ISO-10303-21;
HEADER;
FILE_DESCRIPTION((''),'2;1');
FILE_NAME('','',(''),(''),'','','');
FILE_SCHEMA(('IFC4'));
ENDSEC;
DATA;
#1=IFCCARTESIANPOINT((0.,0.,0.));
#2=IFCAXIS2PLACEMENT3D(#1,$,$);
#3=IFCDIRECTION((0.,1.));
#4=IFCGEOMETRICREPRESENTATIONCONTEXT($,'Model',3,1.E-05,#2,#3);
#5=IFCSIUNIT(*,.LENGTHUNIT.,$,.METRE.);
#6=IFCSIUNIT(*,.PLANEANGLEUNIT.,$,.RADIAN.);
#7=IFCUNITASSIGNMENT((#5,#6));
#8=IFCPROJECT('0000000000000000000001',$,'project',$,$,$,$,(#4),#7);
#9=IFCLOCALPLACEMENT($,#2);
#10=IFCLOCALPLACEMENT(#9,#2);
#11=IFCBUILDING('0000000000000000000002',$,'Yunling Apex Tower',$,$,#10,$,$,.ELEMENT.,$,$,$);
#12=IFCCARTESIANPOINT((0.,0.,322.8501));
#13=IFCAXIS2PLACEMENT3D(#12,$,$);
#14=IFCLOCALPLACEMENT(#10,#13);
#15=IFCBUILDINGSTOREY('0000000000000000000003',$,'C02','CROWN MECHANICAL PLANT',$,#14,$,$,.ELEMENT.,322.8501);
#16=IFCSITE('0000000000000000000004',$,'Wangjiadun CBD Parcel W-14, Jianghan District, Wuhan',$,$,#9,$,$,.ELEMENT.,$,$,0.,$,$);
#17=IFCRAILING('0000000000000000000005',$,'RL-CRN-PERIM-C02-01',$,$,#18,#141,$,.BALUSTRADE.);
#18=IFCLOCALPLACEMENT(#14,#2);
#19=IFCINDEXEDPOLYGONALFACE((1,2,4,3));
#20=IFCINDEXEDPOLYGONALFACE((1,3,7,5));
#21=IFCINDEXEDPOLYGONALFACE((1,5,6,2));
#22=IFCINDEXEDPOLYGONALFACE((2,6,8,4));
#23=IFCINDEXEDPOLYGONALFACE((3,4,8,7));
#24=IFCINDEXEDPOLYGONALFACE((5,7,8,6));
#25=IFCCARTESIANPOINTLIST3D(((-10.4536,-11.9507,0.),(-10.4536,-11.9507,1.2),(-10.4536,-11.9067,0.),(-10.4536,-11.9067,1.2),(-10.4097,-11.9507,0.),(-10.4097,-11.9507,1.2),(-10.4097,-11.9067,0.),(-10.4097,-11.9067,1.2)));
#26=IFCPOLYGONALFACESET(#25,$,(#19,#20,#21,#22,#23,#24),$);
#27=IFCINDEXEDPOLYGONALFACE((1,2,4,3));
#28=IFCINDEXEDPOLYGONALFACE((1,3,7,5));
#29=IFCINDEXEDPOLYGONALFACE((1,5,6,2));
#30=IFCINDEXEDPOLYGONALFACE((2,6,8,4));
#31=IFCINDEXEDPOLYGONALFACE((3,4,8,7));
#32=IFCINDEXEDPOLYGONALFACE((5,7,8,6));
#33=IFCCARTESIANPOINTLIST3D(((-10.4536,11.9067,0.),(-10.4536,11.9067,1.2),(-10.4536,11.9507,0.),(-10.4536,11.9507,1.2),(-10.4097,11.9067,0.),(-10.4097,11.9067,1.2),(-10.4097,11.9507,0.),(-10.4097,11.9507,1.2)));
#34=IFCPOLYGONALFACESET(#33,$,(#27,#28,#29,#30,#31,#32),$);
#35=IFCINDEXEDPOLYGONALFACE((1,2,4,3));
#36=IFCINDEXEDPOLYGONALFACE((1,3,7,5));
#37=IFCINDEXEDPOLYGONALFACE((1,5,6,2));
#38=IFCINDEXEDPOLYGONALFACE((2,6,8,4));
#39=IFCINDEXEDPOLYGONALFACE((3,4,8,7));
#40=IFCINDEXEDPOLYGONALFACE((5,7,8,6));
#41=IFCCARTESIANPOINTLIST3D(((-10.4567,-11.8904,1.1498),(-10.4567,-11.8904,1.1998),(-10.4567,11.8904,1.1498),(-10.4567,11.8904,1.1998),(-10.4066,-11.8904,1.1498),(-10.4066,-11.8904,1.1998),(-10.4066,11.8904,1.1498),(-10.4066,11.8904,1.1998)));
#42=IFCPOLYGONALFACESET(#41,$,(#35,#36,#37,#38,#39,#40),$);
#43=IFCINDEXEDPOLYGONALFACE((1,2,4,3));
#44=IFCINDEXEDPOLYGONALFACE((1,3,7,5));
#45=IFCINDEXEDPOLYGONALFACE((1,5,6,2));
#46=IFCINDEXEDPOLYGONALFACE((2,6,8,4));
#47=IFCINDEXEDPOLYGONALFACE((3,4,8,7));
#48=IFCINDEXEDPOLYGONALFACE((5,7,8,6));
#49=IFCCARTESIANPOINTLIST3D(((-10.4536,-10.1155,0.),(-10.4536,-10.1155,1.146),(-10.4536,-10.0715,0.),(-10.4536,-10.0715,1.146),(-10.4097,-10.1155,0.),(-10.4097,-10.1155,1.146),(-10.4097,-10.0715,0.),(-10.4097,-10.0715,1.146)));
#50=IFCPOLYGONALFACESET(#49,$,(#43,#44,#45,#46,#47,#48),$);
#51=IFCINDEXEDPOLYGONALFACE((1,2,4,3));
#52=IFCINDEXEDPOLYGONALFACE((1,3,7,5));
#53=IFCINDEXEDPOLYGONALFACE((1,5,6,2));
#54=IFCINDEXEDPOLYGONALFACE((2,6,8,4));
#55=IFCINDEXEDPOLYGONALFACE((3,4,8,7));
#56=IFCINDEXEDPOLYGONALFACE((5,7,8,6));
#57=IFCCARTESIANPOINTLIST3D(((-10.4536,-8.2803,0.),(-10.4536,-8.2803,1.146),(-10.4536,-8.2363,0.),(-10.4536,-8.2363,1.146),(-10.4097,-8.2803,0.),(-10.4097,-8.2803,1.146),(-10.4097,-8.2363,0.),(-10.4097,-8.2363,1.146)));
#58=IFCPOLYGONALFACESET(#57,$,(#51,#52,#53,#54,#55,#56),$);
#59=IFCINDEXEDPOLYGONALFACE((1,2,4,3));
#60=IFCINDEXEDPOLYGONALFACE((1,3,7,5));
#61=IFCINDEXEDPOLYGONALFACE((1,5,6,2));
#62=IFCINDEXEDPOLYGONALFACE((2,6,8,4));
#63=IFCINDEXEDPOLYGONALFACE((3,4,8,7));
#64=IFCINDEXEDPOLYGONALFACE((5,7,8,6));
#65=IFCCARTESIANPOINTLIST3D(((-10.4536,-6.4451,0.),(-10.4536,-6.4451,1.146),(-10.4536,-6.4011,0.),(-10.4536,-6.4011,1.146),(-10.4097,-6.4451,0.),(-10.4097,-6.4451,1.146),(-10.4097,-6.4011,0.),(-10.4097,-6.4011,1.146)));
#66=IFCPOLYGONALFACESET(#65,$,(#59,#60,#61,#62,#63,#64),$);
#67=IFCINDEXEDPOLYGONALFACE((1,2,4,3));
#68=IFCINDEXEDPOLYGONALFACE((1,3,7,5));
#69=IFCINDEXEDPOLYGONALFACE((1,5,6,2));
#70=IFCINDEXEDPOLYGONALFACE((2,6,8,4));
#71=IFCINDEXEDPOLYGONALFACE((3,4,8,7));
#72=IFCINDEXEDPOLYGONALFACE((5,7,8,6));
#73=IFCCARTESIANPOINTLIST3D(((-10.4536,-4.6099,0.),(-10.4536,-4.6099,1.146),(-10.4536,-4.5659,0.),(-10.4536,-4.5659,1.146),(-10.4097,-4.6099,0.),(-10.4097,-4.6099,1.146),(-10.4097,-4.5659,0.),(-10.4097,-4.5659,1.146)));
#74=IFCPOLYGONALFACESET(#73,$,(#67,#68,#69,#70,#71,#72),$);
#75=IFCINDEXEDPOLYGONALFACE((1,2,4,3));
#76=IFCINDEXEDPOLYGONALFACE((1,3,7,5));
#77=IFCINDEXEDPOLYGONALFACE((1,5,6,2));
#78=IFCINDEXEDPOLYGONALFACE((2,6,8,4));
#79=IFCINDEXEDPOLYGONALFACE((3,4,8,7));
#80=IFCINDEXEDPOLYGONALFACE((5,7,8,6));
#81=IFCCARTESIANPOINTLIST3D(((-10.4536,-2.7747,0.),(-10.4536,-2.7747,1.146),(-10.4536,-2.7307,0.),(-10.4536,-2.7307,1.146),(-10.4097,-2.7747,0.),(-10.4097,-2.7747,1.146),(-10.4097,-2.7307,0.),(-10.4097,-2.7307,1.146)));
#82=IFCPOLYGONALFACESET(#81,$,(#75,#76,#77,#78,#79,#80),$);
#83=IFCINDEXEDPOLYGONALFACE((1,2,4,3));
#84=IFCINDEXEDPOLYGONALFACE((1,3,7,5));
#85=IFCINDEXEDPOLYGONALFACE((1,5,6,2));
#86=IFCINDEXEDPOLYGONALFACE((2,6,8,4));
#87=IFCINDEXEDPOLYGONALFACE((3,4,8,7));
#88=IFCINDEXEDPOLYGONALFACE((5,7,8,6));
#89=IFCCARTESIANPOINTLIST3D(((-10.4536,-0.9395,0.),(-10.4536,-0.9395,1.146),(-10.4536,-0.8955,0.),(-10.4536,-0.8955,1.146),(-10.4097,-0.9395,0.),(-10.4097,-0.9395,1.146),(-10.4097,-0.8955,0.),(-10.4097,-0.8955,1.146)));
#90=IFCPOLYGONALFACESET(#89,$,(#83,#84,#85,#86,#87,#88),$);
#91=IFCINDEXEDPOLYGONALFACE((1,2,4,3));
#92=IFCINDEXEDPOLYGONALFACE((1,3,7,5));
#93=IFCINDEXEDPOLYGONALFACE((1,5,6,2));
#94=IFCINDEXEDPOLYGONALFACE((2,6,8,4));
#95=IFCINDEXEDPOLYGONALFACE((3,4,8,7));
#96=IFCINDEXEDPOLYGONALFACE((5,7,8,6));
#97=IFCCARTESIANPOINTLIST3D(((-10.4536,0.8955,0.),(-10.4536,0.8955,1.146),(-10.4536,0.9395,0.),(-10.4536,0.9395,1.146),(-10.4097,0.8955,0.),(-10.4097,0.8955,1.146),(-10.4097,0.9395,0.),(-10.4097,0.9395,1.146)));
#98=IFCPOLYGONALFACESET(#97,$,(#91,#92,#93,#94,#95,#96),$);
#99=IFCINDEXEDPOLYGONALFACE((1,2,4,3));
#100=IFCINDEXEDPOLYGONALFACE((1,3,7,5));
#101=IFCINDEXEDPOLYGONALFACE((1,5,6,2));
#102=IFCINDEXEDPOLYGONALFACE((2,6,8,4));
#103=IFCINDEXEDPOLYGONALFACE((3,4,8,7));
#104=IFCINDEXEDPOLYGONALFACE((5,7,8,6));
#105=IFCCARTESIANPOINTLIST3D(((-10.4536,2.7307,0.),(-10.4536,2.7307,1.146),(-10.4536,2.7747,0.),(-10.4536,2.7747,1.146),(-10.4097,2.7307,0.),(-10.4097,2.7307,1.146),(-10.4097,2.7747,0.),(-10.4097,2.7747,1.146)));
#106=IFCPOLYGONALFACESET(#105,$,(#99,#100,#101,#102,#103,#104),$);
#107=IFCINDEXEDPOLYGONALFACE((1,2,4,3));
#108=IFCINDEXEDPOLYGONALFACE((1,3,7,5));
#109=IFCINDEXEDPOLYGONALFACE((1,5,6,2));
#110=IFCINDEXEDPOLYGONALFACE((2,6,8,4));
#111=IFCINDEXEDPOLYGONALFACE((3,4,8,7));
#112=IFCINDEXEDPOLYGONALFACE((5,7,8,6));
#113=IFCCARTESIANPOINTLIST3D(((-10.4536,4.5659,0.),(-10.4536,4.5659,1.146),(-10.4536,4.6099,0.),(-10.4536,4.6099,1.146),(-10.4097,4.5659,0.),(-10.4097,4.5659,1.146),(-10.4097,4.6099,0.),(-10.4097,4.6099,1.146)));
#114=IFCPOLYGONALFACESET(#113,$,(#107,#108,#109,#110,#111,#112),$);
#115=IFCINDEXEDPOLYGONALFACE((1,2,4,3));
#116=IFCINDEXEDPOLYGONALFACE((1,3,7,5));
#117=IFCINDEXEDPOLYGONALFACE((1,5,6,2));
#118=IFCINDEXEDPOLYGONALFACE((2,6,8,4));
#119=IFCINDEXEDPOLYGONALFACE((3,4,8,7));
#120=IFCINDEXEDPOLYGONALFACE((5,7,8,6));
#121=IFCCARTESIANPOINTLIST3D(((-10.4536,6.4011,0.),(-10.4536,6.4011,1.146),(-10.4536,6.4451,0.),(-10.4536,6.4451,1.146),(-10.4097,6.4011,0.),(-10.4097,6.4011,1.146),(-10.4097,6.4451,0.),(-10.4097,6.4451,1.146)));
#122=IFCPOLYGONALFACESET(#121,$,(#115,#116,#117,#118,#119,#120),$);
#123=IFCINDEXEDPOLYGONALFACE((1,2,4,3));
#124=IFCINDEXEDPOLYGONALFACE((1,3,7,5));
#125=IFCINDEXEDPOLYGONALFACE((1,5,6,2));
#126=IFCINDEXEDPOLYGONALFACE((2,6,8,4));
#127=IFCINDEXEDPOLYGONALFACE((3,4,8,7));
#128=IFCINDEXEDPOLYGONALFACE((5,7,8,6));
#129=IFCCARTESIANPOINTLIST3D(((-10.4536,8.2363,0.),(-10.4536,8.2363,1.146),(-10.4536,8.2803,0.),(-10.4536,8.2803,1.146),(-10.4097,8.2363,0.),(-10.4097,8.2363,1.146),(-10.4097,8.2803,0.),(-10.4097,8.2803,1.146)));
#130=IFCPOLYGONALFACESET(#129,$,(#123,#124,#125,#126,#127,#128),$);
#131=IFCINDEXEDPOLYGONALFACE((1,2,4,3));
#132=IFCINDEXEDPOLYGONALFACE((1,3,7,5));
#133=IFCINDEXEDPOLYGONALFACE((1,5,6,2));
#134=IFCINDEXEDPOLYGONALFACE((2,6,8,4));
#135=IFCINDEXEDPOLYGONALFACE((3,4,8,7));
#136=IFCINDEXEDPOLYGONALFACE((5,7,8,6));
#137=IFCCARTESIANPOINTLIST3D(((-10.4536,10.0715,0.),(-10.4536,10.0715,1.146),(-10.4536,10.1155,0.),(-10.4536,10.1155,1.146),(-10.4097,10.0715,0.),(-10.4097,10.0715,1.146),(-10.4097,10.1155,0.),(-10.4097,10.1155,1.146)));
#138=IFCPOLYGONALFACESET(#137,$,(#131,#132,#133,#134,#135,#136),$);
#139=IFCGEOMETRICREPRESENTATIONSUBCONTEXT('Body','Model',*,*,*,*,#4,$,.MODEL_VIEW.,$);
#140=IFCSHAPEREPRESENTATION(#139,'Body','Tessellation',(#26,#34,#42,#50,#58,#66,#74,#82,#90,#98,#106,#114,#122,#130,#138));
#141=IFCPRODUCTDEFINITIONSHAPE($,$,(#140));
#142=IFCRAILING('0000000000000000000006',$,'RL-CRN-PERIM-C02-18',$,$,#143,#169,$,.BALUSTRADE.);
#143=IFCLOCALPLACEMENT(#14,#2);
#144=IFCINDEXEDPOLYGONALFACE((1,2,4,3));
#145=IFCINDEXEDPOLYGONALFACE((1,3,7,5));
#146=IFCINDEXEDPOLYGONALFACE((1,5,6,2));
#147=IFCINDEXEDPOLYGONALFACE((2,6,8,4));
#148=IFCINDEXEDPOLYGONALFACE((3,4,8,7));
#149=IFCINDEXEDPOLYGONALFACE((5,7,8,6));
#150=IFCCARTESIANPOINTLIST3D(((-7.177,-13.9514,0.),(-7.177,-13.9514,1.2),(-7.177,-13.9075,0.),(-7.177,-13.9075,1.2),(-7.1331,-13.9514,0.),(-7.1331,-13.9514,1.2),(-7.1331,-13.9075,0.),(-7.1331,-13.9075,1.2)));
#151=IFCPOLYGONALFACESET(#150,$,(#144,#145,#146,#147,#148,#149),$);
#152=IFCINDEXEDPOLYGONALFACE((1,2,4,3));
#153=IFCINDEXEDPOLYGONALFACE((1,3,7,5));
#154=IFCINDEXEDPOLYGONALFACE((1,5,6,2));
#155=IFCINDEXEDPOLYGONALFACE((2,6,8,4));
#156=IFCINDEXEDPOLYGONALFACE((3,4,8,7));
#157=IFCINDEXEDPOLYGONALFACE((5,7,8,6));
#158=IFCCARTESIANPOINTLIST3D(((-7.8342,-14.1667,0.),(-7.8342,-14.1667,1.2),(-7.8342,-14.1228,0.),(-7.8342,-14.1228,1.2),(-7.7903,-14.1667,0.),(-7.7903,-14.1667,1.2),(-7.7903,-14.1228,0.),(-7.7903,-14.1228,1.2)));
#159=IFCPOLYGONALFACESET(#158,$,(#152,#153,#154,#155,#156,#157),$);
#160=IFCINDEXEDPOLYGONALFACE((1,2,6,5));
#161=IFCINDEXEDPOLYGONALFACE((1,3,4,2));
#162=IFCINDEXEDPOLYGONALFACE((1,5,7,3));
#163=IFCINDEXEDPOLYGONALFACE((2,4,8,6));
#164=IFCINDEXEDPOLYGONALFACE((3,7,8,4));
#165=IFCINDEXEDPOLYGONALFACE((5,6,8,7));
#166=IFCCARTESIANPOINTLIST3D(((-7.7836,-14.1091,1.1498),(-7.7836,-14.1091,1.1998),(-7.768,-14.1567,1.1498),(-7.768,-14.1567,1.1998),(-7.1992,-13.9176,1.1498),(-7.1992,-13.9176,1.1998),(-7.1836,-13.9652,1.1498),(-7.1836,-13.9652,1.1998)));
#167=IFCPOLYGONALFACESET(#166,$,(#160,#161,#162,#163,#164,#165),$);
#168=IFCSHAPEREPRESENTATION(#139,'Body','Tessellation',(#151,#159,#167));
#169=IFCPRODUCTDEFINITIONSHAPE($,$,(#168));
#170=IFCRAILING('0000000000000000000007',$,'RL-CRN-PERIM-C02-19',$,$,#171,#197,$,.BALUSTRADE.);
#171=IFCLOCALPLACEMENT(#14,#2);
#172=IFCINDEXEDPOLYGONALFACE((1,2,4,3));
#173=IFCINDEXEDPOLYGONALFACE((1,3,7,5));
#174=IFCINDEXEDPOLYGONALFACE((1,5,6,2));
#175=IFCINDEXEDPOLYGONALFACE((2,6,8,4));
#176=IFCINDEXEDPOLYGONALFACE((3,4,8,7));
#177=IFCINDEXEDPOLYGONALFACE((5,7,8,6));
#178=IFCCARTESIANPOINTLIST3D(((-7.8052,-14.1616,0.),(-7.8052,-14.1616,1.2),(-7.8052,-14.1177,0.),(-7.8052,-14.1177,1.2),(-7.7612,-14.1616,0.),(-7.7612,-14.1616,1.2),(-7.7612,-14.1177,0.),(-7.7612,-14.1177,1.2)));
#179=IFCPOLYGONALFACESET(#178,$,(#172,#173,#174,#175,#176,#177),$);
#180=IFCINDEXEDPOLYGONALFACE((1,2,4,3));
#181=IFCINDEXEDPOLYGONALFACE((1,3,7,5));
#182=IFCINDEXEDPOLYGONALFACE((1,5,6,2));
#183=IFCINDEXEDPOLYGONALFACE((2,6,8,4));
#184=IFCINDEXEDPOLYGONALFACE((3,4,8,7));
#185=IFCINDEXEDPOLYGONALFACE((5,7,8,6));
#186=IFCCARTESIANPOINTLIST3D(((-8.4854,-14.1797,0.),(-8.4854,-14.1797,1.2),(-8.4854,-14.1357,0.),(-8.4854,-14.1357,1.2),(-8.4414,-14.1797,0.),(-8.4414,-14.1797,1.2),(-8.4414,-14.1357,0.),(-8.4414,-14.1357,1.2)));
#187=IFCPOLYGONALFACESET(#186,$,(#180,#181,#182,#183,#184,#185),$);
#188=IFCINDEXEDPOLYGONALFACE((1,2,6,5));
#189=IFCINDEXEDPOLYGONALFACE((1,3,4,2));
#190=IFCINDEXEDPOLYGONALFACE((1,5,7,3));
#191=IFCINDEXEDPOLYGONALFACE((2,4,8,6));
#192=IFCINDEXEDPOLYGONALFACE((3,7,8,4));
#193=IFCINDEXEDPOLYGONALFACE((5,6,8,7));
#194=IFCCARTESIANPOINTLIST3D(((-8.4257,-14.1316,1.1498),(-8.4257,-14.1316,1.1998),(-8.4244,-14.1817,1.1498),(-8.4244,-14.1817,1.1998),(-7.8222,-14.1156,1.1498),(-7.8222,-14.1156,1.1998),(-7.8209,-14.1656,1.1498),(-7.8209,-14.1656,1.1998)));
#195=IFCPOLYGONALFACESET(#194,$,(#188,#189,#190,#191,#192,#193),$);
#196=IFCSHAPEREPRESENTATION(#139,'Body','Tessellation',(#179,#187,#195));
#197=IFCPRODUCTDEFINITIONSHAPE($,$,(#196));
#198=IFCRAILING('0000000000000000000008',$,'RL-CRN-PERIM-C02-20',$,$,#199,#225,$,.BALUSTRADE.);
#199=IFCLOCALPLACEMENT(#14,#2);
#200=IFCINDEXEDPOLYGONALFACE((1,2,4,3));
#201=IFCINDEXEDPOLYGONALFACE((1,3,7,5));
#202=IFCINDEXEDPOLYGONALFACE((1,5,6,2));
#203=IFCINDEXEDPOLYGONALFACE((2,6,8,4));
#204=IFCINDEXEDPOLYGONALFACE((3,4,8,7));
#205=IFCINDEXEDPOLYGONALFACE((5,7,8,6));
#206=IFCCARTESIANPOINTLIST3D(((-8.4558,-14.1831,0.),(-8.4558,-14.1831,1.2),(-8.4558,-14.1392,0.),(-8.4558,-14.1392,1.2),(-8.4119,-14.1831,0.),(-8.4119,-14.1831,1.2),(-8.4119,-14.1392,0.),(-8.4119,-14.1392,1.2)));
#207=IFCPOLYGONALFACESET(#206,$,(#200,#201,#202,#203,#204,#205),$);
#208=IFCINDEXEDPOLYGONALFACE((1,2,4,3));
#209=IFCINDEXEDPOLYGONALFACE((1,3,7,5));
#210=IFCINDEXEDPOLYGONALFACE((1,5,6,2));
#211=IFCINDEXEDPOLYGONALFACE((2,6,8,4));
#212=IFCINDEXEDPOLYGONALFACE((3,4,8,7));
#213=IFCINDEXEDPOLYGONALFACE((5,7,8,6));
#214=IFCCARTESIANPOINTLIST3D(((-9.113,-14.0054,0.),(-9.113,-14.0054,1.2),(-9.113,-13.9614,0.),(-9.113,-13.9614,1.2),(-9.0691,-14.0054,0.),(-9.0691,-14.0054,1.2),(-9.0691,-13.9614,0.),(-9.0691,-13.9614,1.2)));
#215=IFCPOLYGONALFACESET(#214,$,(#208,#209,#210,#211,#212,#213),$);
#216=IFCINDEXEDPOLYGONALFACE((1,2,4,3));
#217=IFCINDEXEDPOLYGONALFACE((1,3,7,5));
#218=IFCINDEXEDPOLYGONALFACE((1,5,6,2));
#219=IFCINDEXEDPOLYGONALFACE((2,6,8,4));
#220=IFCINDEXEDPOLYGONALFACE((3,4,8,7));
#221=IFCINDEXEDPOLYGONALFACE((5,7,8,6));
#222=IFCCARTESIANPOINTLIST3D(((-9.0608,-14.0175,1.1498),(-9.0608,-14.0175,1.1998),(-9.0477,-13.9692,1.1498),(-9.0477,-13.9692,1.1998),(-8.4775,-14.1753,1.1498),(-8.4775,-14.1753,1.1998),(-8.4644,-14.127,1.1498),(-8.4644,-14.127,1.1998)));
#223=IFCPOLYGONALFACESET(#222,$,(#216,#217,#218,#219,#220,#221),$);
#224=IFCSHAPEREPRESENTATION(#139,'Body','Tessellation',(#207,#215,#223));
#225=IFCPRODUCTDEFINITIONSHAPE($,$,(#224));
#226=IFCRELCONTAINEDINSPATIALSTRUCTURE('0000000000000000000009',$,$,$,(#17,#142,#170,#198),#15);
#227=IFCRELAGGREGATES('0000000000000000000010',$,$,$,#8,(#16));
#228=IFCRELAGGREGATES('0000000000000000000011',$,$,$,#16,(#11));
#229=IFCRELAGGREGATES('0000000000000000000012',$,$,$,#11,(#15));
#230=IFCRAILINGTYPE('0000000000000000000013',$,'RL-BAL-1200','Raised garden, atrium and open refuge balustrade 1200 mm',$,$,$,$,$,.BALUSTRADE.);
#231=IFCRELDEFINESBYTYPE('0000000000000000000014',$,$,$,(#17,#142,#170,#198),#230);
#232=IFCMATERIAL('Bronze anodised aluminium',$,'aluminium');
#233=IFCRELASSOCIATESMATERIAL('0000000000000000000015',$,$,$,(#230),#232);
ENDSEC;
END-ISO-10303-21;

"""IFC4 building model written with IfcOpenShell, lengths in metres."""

from ifc_helpers import new_model, si_unit, direction, frame, origin, origin_2d, place, context, subcontext, project, spatial, rectangle, extrude, material, type_object, element, save


model = new_model("IFC4")

# Units and contexts
model_context = context("Model", 3, precision=1e-05, world=origin(), true_north=direction((0.0, 1.0)))
body_context = subcontext(model_context, "Body", "Model", "MODEL_VIEW")
ifc_project = project(units=[si_unit("LENGTHUNIT", "METRE"), si_unit("PLANEANGLEUNIT", "RADIAN")], contexts=[model_context])

# Site, building, storey
site_placement = place(None, origin())
site = spatial("IfcSite", under=ifc_project, at=site_placement, Name="Wangjiadun CBD Parcel W-14, Jianghan District, Wuhan", CompositionType="ELEMENT", RefElevation=0.0)
building_placement = place(site_placement, origin())
building = spatial("IfcBuilding", under=site, at=building_placement, Name="Yunling Apex Tower", CompositionType="ELEMENT")
storey_placement = place(building_placement, frame((0.0, 0.0, 322.8501)))
storey = spatial("IfcBuildingStorey", under=building, at=storey_placement, Name="C02", Description="CROWN MECHANICAL PLANT", CompositionType="ELEMENT", Elevation=322.8501)

# Shared definitions
ifc_material_1 = material(Name="Bronze anodised aluminium", Category="aluminium")

# Railings
railing_type = type_object("IfcRailingType", Name="RL-BAL-1200", Description="Raised garden, atrium and open refuge balustrade 1200 mm", PredefinedType="BALUSTRADE", material=ifc_material_1)
railing_1_placement = place(storey_placement, frame((-10.4316, -11.9287, 0.0)))
element("IfcRailing", 1, at=railing_1_placement, inside=storey, type_object=railing_type, Name="RL-CRN-PERIM-C02-01", PredefinedType="BALUSTRADE", context=body_context, shape_type="SweptSolid", body=[
    extrude(rectangle(XDim=0.0439, YDim=0.0439, at=origin_2d()), origin(), (0.0, 0.0, 1.0), 1.2),
    extrude(rectangle(XDim=0.0439, YDim=0.0439, at=origin_2d()), frame((0.0, 23.8574, 0.0)), (0.0, 0.0, 1.0), 1.2),
    extrude(rectangle(XDim=0.05, YDim=0.05, at=origin_2d()), frame((0.0, 0.0383, 1.1748), z_axis=(0.0, 1.0, 0.0), x_axis=(-1.0, 0.0, 0.0)), (0.0, 0.0, 1.0), 23.7808),
    extrude(rectangle(XDim=0.0439, YDim=0.0439, at=origin_2d()), frame((0.0, 1.8352, 0.0)), (0.0, 0.0, 1.0), 1.146),
    extrude(rectangle(XDim=0.0439, YDim=0.0439, at=origin_2d()), frame((0.0, 3.6704, 0.0)), (0.0, 0.0, 1.0), 1.146),
    extrude(rectangle(XDim=0.0439, YDim=0.0439, at=origin_2d()), frame((0.0, 5.5056, 0.0)), (0.0, 0.0, 1.0), 1.146),
    extrude(rectangle(XDim=0.0439, YDim=0.0439, at=origin_2d()), frame((0.0, 7.3408, 0.0)), (0.0, 0.0, 1.0), 1.146),
    extrude(rectangle(XDim=0.0439, YDim=0.0439, at=origin_2d()), frame((0.0, 9.176, 0.0)), (0.0, 0.0, 1.0), 1.146),
    extrude(rectangle(XDim=0.0439, YDim=0.0439, at=origin_2d()), frame((0.0, 11.0112, 0.0)), (0.0, 0.0, 1.0), 1.146),
    extrude(rectangle(XDim=0.0439, YDim=0.0439, at=origin_2d()), frame((0.0, 12.8462, 0.0)), (0.0, 0.0, 1.0), 1.146),
    extrude(rectangle(XDim=0.0439, YDim=0.0439, at=origin_2d()), frame((0.0, 14.6814, 0.0)), (0.0, 0.0, 1.0), 1.146),
    extrude(rectangle(XDim=0.0439, YDim=0.0439, at=origin_2d()), frame((0.0, 16.5166, 0.0)), (0.0, 0.0, 1.0), 1.146),
    extrude(rectangle(XDim=0.0439, YDim=0.0439, at=origin_2d()), frame((0.0, 18.3518, 0.0)), (0.0, 0.0, 1.0), 1.146),
    extrude(rectangle(XDim=0.0439, YDim=0.0439, at=origin_2d()), frame((0.0, 20.187, 0.0)), (0.0, 0.0, 1.0), 1.146),
    extrude(rectangle(XDim=0.0439, YDim=0.0439, at=origin_2d()), frame((0.0, 22.0222, 0.0)), (0.0, 0.0, 1.0), 1.146),
])
railing_2_placement = place(storey_placement, frame((-7.155, -13.9294, 0.0)))
element("IfcRailing", 2, at=railing_2_placement, inside=storey, type_object=railing_type, Name="RL-CRN-PERIM-C02-18", PredefinedType="BALUSTRADE", context=body_context, shape_type="SweptSolid", body=[
    extrude(rectangle(XDim=0.0439, YDim=0.0439, at=origin_2d()), origin(), (0.0, 0.0, 1.0), 1.2),
    extrude(rectangle(XDim=0.0439, YDim=0.0439, at=origin_2d()), frame((-0.6572, -0.2153, 0.0)), (0.0, 0.0, 1.0), 1.2),
    extrude(rectangle(XDim=0.05, YDim=0.05, at=origin_2d()), frame((-0.0364, -0.012, 1.1748), z_axis=(-0.950295, -0.311352, 0.0), x_axis=(0.311352, -0.950295, 0.0)), (0.0, 0.0, 1.0), 0.615),
])
railing_3_placement = place(storey_placement, frame((-7.7832, -14.1396, 0.0)))
element("IfcRailing", 3, at=railing_3_placement, inside=storey, type_object=railing_type, Name="RL-CRN-PERIM-C02-19", PredefinedType="BALUSTRADE", context=body_context, shape_type="SweptSolid", body=[
    extrude(rectangle(XDim=0.0439, YDim=0.0439, at=origin_2d()), origin(), (0.0, 0.0, 1.0), 1.2),
    extrude(rectangle(XDim=0.0439, YDim=0.0439, at=origin_2d()), frame((-0.6802, -0.0181, 0.0)), (0.0, 0.0, 1.0), 1.2),
    extrude(rectangle(XDim=0.05, YDim=0.05, at=origin_2d()), frame((-0.0383, -0.001, 1.1748), z_axis=(-0.999647, -0.026552, 0.0), x_axis=(0.026552, -0.999647, 0.0)), (0.0, 0.0, 1.0), 0.6038),
])
railing_4_placement = place(storey_placement, frame((-8.4338, -14.1611, 0.0)))
element("IfcRailing", 4, at=railing_4_placement, inside=storey, type_object=railing_type, Name="RL-CRN-PERIM-C02-20", PredefinedType="BALUSTRADE", context=body_context, shape_type="SweptSolid", body=[
    extrude(rectangle(XDim=0.0439, YDim=0.0439, at=origin_2d()), origin(), (0.0, 0.0, 1.0), 1.2),
    extrude(rectangle(XDim=0.0439, YDim=0.0439, at=origin_2d()), frame((-0.6572, 0.1777, 0.0)), (0.0, 0.0, 1.0), 1.2),
    extrude(rectangle(XDim=0.05, YDim=0.05, at=origin_2d()), frame((-0.0371, 0.01, 1.1748), z_axis=(-0.965324, 0.261054, 0.0), x_axis=(-0.261054, -0.965324, 0.0)), (0.0, 0.0, 1.0), 0.6042),
])

save(model, "model.ifc")
